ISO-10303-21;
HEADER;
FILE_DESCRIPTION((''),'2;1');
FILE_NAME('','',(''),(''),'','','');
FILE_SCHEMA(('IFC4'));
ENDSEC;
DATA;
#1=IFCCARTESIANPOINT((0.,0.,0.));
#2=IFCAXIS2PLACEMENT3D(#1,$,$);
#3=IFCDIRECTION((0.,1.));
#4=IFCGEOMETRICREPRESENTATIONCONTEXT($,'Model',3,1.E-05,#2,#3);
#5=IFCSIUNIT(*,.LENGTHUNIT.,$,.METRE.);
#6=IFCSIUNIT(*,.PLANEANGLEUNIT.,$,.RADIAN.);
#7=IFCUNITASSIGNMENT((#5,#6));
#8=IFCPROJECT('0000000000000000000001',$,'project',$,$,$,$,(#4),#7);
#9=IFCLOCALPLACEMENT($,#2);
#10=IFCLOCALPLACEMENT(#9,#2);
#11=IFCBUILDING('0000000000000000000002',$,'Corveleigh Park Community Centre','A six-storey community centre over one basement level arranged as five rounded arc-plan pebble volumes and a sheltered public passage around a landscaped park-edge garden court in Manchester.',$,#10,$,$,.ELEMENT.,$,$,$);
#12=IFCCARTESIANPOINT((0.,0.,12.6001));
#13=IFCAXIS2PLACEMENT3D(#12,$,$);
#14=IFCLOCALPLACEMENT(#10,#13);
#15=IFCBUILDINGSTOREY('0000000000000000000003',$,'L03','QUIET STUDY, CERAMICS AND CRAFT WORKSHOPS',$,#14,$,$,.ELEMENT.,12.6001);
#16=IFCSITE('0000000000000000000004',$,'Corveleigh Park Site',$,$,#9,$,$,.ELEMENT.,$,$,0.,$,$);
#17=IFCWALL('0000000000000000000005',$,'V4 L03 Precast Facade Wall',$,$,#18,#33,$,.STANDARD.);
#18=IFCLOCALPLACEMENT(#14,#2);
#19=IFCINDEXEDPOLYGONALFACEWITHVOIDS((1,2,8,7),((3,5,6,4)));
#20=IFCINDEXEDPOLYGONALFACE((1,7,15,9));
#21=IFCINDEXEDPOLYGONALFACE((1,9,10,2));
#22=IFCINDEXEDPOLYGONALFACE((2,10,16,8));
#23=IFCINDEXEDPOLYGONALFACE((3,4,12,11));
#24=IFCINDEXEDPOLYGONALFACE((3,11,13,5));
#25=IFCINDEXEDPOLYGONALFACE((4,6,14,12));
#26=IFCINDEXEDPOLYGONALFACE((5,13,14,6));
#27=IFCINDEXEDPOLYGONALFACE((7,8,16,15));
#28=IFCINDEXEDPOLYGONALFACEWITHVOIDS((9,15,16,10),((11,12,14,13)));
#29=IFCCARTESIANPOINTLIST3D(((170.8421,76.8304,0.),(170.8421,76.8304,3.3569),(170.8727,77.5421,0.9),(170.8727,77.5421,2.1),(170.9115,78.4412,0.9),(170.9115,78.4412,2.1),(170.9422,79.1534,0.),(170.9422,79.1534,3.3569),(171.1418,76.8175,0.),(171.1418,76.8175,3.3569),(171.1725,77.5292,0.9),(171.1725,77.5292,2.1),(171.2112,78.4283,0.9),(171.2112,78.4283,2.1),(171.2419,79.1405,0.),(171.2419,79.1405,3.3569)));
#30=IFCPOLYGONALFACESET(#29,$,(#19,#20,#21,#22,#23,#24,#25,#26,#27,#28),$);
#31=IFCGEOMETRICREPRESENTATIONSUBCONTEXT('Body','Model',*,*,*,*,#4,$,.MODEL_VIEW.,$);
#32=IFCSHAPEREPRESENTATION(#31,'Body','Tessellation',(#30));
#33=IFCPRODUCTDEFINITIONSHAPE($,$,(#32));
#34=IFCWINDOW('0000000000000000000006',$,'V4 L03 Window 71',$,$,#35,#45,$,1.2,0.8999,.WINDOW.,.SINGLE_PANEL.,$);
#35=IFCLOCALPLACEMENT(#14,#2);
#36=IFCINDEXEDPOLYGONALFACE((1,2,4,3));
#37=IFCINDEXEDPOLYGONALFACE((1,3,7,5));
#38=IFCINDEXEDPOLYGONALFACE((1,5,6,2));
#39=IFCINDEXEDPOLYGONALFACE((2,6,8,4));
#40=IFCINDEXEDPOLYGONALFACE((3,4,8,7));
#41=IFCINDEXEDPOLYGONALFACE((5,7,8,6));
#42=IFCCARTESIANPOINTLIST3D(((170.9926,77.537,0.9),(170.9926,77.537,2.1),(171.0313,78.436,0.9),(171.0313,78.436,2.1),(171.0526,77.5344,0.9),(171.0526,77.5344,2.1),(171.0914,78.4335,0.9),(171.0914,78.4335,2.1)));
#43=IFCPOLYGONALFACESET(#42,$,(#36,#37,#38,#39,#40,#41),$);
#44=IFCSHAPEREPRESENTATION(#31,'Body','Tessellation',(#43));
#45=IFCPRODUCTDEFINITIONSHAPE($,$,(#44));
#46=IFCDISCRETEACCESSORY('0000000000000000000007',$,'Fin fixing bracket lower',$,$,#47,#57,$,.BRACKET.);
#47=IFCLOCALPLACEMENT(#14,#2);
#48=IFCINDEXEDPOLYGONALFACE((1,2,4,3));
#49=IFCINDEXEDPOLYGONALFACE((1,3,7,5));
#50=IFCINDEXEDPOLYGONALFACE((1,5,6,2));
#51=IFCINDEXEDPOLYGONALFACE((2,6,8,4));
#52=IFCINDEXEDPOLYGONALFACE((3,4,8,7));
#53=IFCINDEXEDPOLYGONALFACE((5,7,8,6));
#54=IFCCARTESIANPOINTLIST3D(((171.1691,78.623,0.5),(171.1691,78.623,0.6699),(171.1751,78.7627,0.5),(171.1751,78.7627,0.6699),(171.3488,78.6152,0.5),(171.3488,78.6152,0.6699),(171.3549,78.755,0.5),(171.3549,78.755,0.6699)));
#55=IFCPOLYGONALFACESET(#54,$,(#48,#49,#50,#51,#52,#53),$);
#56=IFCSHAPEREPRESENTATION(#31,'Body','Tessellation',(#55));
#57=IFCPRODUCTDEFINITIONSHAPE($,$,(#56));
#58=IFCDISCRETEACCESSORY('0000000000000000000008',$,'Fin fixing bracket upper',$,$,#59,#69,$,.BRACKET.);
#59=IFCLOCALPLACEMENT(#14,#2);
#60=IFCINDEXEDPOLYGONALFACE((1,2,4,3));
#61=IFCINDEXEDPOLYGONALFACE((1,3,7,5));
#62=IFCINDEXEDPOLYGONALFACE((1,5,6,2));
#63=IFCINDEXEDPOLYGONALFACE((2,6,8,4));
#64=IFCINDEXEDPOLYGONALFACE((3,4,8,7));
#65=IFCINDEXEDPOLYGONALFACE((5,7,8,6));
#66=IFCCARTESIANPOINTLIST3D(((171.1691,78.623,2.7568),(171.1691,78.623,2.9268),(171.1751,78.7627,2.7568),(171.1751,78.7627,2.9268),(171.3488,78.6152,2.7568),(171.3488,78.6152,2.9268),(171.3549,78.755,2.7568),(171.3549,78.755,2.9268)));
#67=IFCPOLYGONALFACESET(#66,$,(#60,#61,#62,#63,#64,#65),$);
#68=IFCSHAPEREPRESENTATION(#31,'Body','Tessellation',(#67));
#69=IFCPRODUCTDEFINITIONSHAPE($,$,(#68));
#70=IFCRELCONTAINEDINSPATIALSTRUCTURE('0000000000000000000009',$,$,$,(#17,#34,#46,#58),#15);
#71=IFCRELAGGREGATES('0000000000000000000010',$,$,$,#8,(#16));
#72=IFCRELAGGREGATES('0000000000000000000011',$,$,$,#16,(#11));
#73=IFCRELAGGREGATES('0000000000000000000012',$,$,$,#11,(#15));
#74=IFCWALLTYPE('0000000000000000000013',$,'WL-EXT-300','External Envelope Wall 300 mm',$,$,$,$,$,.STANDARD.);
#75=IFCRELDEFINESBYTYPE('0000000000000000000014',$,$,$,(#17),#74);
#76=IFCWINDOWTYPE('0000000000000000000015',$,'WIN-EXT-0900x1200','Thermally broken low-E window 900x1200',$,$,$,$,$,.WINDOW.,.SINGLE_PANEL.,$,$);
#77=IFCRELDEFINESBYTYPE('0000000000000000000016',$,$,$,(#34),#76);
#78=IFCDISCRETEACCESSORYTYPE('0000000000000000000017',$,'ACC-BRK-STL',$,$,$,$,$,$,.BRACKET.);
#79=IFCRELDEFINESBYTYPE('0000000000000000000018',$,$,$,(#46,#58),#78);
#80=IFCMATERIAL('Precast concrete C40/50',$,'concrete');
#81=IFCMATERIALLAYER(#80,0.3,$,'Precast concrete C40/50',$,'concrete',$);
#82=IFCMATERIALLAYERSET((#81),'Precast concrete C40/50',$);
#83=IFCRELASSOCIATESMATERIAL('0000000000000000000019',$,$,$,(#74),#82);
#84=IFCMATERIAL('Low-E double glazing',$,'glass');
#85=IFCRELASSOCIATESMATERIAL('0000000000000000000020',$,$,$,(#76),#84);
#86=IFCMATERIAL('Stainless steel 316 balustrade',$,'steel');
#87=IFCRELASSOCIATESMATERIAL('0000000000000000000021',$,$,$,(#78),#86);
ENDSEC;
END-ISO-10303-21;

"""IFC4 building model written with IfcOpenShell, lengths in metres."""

from ifc_helpers import new_model, si_unit, direction, frame, frame_2d, origin, origin_2d, place, context, subcontext, project, spatial, rectangle, extrude, material, layer, layer_set, type_object, element, fill, save


model = new_model("IFC4")

# Units and contexts
model_context = context("Model", 3, precision=1e-05, world=origin(), true_north=direction((0.0, 1.0)))
body_context = subcontext(model_context, "Body", "Model", "MODEL_VIEW")
ifc_project = project(units=[si_unit("LENGTHUNIT", "METRE"), si_unit("PLANEANGLEUNIT", "RADIAN")], contexts=[model_context])

# Site, building, storey
site_placement = place(None, origin())
site = spatial("IfcSite", under=ifc_project, at=site_placement, Name="Corveleigh Park Site", CompositionType="ELEMENT", RefElevation=0.0)
building_placement = place(site_placement, origin())
building = spatial("IfcBuilding", under=site, at=building_placement, Name="Corveleigh Park Community Centre", Description="A six-storey community centre over one basement level arranged as five rounded arc-plan pebble volumes and a sheltered public passage around a landscaped park-edge garden court in Manchester.", CompositionType="ELEMENT")
storey_placement = place(building_placement, frame((0.0, 0.0, 12.6001)))
storey = spatial("IfcBuildingStorey", under=building, at=storey_placement, Name="L03", Description="QUIET STUDY, CERAMICS AND CRAFT WORKSHOPS", CompositionType="ELEMENT", Elevation=12.6001)

# Shared definitions
ifc_material_1 = material(Name="Low-E double glazing", Category="glass")

# Wall, opening, window
ifc_material_2 = material(Name="Precast concrete C40/50", Category="concrete")
ifc_layer_1 = layer(ifc_material_2, 0.3, Name="Precast concrete C40/50", Category="concrete")
ifc_layer_set_1 = layer_set([ifc_layer_1], Name="Precast concrete C40/50")
wall_type = type_object("IfcWallType", Name="WL-EXT-300", Description="External Envelope Wall 300 mm", PredefinedType="STANDARD", material=ifc_layer_set_1)
wall_placement = place(storey_placement, frame((171.092, 79.147, 0.0), z_axis=(0.0, 0.0, 1.0), x_axis=(-0.04305, -0.999073, 0.0)))
wall = element("IfcWall", 1, at=wall_placement, inside=storey, type_object=wall_type, Name="V4 L03 Precast Facade Wall", PredefinedType="STANDARD", context=body_context, shape_type="SweptSolid", body=[
    extrude(rectangle(XDim=2.3252, YDim=0.3, at=frame_2d((1.1626, 0.0))), origin(), (0.0, 0.0, 1.0), 3.3569),
])
opening_placement = place(wall_placement, frame((0.7129, 0.0, 0.8999)))
opening = element("IfcOpeningElement", 2, at=opening_placement, cuts=wall, PredefinedType="OPENING", context=body_context, shape_type="SweptSolid", body=[
    extrude(rectangle(XDim=0.8999, YDim=1.2, at=frame_2d((0.45, 0.6001))), frame((0.0, 0.1599, 0.0), z_axis=(0.0, -1.0, 0.0), x_axis=(1.0, 0.0, 0.0)), (0.0, 0.0, 1.0), 0.3201),
])
window_type = type_object("IfcWindowType", Name="WIN-EXT-0900x1200", Description="Thermally broken low-E window 900x1200", PartitioningType="SINGLE_PANEL", PredefinedType="WINDOW", material=ifc_material_1)
window_placement = place(opening_placement, origin())
window = element("IfcWindow", 3, at=window_placement, inside=storey, type_object=window_type, Name="V4 L03 Window 71", OverallHeight=1.2, OverallWidth=0.8999, PartitioningType="SINGLE_PANEL", PredefinedType="WINDOW", context=body_context, shape_type="SweptSolid", body=[
    extrude(rectangle(XDim=0.8999, YDim=1.2, at=frame_2d((0.45, 0.6001))), frame((0.0, 0.03, 0.0), z_axis=(0.0, -1.0, 0.0), x_axis=(1.0, 0.0, 0.0)), (0.0, 0.0, 1.0), 0.0601),
])
fill(opening, window)

# Discrete accessories
ifc_material_3 = material(Name="Stainless steel 316 balustrade", Category="steel")
discrete_accessory_type = type_object("IfcDiscreteAccessoryType", Name="ACC-BRK-STL", PredefinedType="BRACKET", material=ifc_material_3)
for number, where, z_axis, x_axis, name in (
    (4, (171.262, 78.689, 0.5), (0.0, 0.0, 1.0), (0.999075, -0.043008, 0.0), "Fin fixing bracket lower"),
    (5, (171.262, 78.689, 2.7568), (0.0, 0.0, 1.0), (0.999075, -0.043008, 0.0), "Fin fixing bracket upper"),
):
    element("IfcDiscreteAccessory", number, at=place(storey_placement, frame(where, z_axis=z_axis, x_axis=x_axis)), inside=storey, type_object=discrete_accessory_type, Name=name, PredefinedType="BRACKET", context=body_context, shape_type="SweptSolid", body=[
        extrude(rectangle(XDim=0.1799, YDim=0.1399, at=origin_2d()), origin(), (0.0, 0.0, 1.0), 0.1699),
    ])

save(model, "model.ifc")
